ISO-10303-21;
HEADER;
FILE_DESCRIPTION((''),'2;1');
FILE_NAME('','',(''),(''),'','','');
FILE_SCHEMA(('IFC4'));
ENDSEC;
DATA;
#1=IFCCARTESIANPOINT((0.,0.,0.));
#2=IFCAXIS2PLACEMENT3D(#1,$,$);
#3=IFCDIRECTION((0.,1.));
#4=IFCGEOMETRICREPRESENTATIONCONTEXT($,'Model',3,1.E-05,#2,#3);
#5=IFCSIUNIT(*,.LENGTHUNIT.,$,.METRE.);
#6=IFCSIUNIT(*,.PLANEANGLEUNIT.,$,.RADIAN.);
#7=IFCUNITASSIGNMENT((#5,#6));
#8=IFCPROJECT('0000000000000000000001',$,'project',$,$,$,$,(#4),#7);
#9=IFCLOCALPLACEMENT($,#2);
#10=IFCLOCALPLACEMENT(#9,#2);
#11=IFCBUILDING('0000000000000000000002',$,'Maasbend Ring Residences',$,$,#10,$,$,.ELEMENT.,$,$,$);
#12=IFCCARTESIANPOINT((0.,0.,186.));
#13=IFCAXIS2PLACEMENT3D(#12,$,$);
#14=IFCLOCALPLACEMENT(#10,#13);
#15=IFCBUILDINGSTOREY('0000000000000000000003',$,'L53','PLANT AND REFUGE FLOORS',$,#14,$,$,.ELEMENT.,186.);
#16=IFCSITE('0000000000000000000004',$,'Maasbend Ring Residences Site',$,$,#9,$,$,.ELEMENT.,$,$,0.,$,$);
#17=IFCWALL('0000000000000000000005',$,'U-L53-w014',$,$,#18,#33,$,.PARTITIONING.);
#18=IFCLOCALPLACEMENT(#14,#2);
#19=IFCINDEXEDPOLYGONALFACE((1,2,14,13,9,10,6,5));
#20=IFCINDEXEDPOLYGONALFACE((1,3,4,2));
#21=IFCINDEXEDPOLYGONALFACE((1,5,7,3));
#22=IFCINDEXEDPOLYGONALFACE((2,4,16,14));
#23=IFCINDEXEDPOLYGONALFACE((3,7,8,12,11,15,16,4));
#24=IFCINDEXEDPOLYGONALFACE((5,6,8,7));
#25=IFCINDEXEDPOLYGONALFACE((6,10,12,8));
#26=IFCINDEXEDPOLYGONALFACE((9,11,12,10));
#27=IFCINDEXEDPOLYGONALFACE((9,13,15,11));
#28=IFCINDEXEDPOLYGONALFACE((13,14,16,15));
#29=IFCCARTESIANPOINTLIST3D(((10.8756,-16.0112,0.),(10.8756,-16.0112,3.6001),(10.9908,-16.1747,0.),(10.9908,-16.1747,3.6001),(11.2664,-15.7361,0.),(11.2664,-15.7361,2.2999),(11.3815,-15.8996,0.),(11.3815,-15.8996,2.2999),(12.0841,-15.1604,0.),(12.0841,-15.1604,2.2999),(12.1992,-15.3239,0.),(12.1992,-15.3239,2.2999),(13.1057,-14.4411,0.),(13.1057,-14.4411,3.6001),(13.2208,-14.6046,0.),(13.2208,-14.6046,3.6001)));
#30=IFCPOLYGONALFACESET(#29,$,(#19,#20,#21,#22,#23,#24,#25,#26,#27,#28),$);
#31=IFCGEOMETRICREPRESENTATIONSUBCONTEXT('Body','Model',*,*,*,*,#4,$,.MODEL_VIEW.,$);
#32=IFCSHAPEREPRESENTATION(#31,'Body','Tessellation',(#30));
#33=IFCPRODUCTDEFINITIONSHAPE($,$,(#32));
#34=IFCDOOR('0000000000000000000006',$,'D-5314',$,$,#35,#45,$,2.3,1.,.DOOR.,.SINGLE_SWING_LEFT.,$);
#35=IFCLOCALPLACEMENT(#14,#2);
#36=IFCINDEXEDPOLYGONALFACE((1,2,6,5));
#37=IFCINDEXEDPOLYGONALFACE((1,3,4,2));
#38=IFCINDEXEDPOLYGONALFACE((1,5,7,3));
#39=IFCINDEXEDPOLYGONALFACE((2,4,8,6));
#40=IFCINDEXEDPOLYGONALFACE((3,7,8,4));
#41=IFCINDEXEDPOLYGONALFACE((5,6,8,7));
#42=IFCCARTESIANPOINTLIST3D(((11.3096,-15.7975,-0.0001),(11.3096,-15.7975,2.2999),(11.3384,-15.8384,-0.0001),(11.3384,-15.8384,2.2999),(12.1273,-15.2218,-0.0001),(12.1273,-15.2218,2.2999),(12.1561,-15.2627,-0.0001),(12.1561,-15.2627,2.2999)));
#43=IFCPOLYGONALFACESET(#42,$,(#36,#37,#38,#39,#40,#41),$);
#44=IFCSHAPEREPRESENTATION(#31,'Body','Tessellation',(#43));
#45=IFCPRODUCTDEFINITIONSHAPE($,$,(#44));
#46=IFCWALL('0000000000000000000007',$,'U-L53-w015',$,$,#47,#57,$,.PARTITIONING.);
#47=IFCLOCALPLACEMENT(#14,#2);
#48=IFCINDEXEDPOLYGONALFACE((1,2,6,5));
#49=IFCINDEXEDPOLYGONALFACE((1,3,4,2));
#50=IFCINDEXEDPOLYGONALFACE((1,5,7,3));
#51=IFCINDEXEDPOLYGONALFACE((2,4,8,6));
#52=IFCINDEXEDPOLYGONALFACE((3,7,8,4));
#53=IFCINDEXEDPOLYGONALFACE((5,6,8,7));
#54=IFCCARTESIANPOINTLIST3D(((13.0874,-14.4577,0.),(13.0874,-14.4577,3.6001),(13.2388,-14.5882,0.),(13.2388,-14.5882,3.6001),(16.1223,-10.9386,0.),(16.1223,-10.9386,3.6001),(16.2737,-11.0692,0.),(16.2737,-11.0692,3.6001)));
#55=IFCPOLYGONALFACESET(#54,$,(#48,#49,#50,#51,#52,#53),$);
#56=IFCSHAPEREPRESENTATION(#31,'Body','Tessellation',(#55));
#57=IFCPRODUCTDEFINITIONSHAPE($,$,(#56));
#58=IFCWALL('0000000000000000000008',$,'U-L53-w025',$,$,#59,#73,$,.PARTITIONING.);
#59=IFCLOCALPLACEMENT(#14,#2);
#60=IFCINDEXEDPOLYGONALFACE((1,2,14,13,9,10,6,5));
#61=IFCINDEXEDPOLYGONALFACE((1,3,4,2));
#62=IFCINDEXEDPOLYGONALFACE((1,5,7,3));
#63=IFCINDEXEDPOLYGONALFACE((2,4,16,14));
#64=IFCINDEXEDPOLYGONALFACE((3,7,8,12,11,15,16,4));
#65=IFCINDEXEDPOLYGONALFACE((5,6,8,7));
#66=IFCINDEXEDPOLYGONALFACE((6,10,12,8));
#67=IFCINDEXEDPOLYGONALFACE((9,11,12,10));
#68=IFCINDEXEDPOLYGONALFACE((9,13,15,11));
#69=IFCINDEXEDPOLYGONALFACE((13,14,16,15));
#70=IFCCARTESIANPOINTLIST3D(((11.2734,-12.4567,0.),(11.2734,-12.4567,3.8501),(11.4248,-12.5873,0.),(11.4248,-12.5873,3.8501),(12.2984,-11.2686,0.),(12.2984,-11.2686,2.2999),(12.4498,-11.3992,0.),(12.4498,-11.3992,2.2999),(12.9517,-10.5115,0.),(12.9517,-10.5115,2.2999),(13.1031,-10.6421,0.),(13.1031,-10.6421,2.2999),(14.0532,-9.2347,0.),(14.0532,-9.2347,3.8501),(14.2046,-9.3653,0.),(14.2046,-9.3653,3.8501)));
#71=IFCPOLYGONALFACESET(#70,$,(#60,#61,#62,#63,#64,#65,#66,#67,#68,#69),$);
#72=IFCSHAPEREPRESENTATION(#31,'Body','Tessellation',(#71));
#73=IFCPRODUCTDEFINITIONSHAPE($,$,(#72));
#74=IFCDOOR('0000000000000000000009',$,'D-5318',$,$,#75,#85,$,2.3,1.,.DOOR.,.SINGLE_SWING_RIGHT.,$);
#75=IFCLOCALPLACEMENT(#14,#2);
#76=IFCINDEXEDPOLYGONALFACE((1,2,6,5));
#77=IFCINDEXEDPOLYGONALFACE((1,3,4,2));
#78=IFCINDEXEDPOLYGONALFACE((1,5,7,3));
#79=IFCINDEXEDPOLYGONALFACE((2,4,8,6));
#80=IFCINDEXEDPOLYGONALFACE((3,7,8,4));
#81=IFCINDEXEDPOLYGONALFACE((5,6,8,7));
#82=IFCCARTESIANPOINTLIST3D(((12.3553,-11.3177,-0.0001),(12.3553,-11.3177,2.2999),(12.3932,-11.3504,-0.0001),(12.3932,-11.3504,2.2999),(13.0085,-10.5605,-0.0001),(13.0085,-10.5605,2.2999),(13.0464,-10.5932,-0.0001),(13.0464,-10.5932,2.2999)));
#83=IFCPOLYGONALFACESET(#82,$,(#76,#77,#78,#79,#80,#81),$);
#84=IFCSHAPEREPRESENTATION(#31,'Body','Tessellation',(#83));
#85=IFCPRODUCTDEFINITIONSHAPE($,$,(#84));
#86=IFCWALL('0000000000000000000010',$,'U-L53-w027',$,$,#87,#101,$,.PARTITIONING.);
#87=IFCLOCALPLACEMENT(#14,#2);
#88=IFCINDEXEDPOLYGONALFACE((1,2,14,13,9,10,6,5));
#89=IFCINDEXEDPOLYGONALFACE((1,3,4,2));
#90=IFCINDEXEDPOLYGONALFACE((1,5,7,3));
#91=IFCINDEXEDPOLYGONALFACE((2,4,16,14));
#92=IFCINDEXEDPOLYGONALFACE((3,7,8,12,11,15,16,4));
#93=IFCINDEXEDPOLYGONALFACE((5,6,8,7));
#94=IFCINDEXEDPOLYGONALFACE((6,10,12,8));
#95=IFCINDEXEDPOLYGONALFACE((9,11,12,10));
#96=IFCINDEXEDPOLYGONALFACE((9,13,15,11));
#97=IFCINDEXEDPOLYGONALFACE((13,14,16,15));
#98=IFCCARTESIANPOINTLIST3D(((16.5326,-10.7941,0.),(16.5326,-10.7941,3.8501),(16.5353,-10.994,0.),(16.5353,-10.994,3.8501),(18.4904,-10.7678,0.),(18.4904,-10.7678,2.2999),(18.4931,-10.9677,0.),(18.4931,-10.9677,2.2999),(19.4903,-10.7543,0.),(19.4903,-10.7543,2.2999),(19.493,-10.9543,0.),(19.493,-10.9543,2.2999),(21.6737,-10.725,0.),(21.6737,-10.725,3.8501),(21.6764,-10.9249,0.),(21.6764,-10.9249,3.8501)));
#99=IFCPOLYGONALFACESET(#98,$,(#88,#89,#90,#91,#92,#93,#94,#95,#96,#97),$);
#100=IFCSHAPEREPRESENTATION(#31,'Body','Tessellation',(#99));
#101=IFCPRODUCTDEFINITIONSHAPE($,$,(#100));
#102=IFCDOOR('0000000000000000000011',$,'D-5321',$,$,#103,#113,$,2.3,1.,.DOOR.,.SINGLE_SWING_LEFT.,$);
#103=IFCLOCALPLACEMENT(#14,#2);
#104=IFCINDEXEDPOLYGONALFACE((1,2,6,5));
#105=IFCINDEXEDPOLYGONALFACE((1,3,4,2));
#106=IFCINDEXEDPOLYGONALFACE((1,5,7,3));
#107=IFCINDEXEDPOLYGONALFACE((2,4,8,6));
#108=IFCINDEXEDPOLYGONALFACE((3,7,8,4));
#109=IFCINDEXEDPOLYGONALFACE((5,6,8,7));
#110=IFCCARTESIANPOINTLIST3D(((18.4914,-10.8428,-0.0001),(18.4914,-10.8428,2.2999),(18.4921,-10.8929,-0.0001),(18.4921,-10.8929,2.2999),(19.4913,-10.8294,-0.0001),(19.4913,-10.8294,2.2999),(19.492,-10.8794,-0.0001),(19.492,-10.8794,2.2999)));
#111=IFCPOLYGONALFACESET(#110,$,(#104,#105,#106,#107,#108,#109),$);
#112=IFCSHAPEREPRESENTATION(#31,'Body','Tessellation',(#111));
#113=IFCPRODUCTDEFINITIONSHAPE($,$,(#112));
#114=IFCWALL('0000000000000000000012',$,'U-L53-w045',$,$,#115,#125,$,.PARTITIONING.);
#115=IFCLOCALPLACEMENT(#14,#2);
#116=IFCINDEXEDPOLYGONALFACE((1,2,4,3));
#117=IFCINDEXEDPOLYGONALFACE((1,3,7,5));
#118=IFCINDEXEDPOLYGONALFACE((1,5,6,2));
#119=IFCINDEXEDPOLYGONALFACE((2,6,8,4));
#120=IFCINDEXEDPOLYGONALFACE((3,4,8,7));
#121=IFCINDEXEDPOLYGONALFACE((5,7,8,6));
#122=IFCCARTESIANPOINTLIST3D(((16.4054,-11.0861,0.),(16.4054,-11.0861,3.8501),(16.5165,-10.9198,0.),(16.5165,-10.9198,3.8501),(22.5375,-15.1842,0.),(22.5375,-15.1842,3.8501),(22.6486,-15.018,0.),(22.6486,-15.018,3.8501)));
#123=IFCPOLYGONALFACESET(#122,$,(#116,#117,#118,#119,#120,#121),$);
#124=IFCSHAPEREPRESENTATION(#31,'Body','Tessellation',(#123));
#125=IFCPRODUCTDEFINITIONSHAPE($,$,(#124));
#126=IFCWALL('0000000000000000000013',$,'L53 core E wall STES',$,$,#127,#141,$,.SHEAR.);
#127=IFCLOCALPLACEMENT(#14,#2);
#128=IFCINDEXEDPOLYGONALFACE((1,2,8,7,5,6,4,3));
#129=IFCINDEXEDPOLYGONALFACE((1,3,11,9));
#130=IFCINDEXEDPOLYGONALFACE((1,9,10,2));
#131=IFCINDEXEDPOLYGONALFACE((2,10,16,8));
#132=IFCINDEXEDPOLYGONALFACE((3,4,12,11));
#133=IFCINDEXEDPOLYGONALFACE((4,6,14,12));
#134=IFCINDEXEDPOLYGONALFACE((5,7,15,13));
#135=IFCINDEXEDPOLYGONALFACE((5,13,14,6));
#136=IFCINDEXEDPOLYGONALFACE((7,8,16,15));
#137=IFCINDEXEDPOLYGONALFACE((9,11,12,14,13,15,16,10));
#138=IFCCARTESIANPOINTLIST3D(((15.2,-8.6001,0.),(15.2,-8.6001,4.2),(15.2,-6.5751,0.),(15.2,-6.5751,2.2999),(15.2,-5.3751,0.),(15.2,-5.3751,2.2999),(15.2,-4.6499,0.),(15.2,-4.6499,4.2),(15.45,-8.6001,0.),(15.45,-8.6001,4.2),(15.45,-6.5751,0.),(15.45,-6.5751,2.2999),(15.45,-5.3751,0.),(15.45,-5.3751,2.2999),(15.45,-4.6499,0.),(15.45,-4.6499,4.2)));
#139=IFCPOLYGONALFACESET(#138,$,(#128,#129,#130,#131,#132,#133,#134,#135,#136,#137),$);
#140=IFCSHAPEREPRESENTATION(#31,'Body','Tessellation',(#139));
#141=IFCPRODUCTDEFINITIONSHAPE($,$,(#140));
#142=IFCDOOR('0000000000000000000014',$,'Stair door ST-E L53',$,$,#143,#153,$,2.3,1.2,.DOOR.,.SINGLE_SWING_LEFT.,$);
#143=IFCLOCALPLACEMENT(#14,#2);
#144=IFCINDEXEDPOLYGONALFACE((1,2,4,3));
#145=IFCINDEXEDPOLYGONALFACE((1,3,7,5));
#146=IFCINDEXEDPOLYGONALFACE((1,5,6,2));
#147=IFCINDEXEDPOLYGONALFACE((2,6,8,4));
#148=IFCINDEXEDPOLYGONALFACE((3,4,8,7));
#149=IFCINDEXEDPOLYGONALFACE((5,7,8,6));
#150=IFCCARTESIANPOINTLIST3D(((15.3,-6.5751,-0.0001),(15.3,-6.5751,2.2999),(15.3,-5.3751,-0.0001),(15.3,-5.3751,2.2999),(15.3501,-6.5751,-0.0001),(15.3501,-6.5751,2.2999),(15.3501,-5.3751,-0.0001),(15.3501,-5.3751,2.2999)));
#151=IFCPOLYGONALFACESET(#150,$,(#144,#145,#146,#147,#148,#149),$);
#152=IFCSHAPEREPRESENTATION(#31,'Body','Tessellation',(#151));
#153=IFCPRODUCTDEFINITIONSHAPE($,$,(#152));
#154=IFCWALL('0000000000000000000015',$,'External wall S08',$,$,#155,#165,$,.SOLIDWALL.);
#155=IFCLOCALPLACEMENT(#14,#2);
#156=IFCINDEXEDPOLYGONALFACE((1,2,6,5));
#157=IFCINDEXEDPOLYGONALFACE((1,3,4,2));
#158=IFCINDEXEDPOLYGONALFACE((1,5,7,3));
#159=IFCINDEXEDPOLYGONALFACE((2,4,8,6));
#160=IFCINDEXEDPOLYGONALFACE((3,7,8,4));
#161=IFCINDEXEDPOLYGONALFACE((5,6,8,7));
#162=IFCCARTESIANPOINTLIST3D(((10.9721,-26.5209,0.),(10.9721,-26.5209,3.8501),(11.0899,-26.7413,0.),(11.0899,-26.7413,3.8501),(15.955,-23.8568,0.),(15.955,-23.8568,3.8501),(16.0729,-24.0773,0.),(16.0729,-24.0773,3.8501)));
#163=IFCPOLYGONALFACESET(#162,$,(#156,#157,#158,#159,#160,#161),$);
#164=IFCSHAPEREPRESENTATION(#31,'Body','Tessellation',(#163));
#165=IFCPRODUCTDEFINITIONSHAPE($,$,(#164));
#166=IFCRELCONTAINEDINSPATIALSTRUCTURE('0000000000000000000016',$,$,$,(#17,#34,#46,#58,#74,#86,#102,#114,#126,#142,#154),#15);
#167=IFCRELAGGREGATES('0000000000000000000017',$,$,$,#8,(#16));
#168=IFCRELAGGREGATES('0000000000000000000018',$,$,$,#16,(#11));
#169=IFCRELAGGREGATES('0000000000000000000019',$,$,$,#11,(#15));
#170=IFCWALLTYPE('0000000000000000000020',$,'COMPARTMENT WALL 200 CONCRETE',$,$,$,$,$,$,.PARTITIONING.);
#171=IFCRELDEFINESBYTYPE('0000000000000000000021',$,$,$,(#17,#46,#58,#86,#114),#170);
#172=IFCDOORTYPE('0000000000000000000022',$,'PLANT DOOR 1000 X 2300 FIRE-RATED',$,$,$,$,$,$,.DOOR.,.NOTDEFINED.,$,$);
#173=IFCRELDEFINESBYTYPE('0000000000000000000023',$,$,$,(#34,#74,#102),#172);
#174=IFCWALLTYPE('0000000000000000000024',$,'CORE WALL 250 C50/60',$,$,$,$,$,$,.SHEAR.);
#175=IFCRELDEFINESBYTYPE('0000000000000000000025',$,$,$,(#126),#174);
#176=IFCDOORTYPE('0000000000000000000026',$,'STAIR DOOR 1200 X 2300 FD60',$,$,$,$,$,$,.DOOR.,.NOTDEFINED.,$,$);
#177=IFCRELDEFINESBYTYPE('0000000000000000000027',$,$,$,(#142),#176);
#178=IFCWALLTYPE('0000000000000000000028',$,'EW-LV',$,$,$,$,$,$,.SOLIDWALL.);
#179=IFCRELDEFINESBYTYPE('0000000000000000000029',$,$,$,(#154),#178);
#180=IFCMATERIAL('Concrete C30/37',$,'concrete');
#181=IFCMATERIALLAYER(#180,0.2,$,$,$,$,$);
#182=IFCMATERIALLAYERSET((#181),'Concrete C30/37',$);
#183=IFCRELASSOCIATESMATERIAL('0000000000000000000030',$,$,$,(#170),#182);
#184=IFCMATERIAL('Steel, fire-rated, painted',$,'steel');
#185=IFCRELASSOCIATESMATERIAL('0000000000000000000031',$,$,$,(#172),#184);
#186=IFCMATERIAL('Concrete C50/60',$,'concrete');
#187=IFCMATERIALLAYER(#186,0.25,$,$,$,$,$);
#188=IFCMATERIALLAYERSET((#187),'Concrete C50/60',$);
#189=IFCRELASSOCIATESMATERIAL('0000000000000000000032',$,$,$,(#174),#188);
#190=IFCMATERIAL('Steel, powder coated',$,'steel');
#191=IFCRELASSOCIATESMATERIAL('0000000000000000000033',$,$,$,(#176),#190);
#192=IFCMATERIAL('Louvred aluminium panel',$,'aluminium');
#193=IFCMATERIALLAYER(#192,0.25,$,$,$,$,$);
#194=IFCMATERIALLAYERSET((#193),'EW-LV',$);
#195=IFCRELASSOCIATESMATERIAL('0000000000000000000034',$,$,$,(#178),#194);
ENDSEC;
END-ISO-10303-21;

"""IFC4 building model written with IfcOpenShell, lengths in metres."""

from ifc_helpers import new_model, si_unit, direction, frame, frame_2d, origin, place, context, subcontext, project, spatial, rectangle, extrude, material, layer, layer_set, type_object, element, fill, save


model = new_model("IFC4")

# Units and contexts
model_context = context("Model", 3, precision=1e-05, world=origin(), true_north=direction((0.0, 1.0)))
body_context = subcontext(model_context, "Body", "Model", "MODEL_VIEW")
ifc_project = project(units=[si_unit("LENGTHUNIT", "METRE"), si_unit("PLANEANGLEUNIT", "RADIAN")], contexts=[model_context])

# Site, building, storey
site_placement = place(None, origin())
site = spatial("IfcSite", under=ifc_project, at=site_placement, Name="Maasbend Ring Residences Site", CompositionType="ELEMENT", RefElevation=0.0)
building_placement = place(site_placement, origin())
building = spatial("IfcBuilding", under=site, at=building_placement, Name="Maasbend Ring Residences", CompositionType="ELEMENT")
storey_placement = place(building_placement, frame((0.0, 0.0, 186.0)))
storey = spatial("IfcBuildingStorey", under=building, at=storey_placement, Name="L53", Description="PLANT AND REFUGE FLOORS", CompositionType="ELEMENT", Elevation=186.0)

# Shared definitions
ifc_material_1 = material(Name="Concrete C30/37", Category="concrete")
ifc_layer_1 = layer(ifc_material_1, 0.2)
ifc_layer_set_1 = layer_set([ifc_layer_1], Name="Concrete C30/37")
wall_type_1 = type_object("IfcWallType", Name="COMPARTMENT WALL 200 CONCRETE", PredefinedType="PARTITIONING", material=ifc_layer_set_1)

# Wall, opening, door
wall_1_placement = place(storey_placement, frame((10.9331, -16.093, 0.0), z_axis=(0.0, 0.0, 1.0), x_axis=(0.817664, 0.575695, 0.0)))
wall_1 = element("IfcWall", 1, at=wall_1_placement, inside=storey, type_object=wall_type_1, Name="U-L53-w014", PredefinedType="PARTITIONING", context=body_context, shape_type="SweptSolid", body=[
    extrude(rectangle(XDim=2.7273, YDim=0.2, at=frame_2d((1.3638, 0.0))), origin(), (0.0, 0.0, 1.0), 3.6001),
])
opening_1_placement = place(wall_1_placement, frame((0.478, 0.0, 0.0)))
opening_1 = element("IfcOpeningElement", 2, at=opening_1_placement, cuts=wall_1, PredefinedType="OPENING", context=body_context, shape_type="SweptSolid", body=[
    extrude(rectangle(XDim=1.0, YDim=2.3, at=frame_2d((0.5, 1.1499))), frame((0.0, 0.1099, 0.0), z_axis=(0.0, -1.0, 0.0), x_axis=(1.0, 0.0, 0.0)), (0.0, 0.0, 1.0), 0.22),
])
ifc_material_2 = material(Name="Steel, fire-rated, painted", Category="steel")
door_type_1 = type_object("IfcDoorType", Name="PLANT DOOR 1000 X 2300 FIRE-RATED", OperationType="NOTDEFINED", PredefinedType="DOOR", material=ifc_material_2)
door_1_placement = place(opening_1_placement, origin())
door_1 = element("IfcDoor", 3, at=door_1_placement, inside=storey, type_object=door_type_1, Name="D-5314", OperationType="SINGLE_SWING_LEFT", OverallHeight=2.3, OverallWidth=1.0, PredefinedType="DOOR", context=body_context, shape_type="SweptSolid", body=[
    extrude(rectangle(XDim=1.0, YDim=2.3, at=frame_2d((0.5, 1.1499))), frame((0.0, 0.0249, 0.0), z_axis=(0.0, -1.0, 0.0), x_axis=(1.0, 0.0, 0.0)), (0.0, 0.0, 1.0), 0.05),
])
fill(opening_1, door_1)

# Wall
wall_2_placement = place(storey_placement, frame((13.1631, -14.5229, 0.0), z_axis=(0.0, 0.0, 1.0), x_axis=(0.653094, 0.757276, 0.0)))
element("IfcWall", 4, at=wall_2_placement, inside=storey, type_object=wall_type_1, Name="U-L53-w015", PredefinedType="PARTITIONING", context=body_context, shape_type="SweptSolid", body=[
    extrude(rectangle(XDim=4.647, YDim=0.2, at=frame_2d((2.3235, 0.0))), origin(), (0.0, 0.0, 1.0), 3.6001),
])

# Walls, openings, doors
wall_3_placement = place(storey_placement, frame((11.3491, -12.522, 0.0), z_axis=(0.0, 0.0, 1.0), x_axis=(0.653245, 0.757147, 0.0)))
wall_3 = element("IfcWall", 5, at=wall_3_placement, inside=storey, type_object=wall_type_1, Name="U-L53-w025", PredefinedType="PARTITIONING", context=body_context, shape_type="SweptSolid", body=[
    extrude(rectangle(XDim=4.2554, YDim=0.2, at=frame_2d((2.1277, 0.0))), origin(), (0.0, 0.0, 1.0), 3.8501),
])
opening_2_placement = place(wall_3_placement, frame((1.5691, 0.0, 0.0)))
opening_2 = element("IfcOpeningElement", 6, at=opening_2_placement, cuts=wall_3, PredefinedType="OPENING", context=body_context, shape_type="SweptSolid", body=[
    extrude(rectangle(XDim=1.0, YDim=2.3, at=frame_2d((0.5, 1.1499))), frame((0.0, 0.1099, 0.0), z_axis=(0.0, -1.0, 0.0), x_axis=(1.0, 0.0, 0.0)), (0.0, 0.0, 1.0), 0.22),
])
door_2_placement = place(opening_2_placement, origin())
door_2 = element("IfcDoor", 7, at=door_2_placement, inside=storey, type_object=door_type_1, Name="D-5318", OperationType="SINGLE_SWING_RIGHT", OverallHeight=2.3, OverallWidth=1.0, PredefinedType="DOOR", context=body_context, shape_type="SweptSolid", body=[
    extrude(rectangle(XDim=1.0, YDim=2.3, at=frame_2d((0.5, 1.1499))), frame((0.0, 0.0249, 0.0), z_axis=(0.0, -1.0, 0.0), x_axis=(1.0, 0.0, 0.0)), (0.0, 0.0, 1.0), 0.05),
])
fill(opening_2, door_2)
wall_4_placement = place(storey_placement, frame((16.5339, -10.894, 0.0), z_axis=(0.0, 0.0, 1.0), x_axis=(0.99991, 0.013438, 0.0)))
wall_4 = element("IfcWall", 8, at=wall_4_placement, inside=storey, type_object=wall_type_1, Name="U-L53-w027", PredefinedType="PARTITIONING", context=body_context, shape_type="SweptSolid", body=[
    extrude(rectangle(XDim=5.1416, YDim=0.2, at=frame_2d((2.5708, 0.0))), origin(), (0.0, 0.0, 1.0), 3.8501),
])
opening_3_placement = place(wall_4_placement, frame((1.958, 0.0, 0.0)))
opening_3 = element("IfcOpeningElement", 9, at=opening_3_placement, cuts=wall_4, PredefinedType="OPENING", context=body_context, shape_type="SweptSolid", body=[
    extrude(rectangle(XDim=1.0, YDim=2.3, at=frame_2d((0.5, 1.1499))), frame((0.0, 0.1099, 0.0), z_axis=(0.0, -1.0, 0.0), x_axis=(1.0, 0.0, 0.0)), (0.0, 0.0, 1.0), 0.22),
])
door_3_placement = place(opening_3_placement, origin())
door_3 = element("IfcDoor", 10, at=door_3_placement, inside=storey, type_object=door_type_1, Name="D-5321", OperationType="SINGLE_SWING_LEFT", OverallHeight=2.3, OverallWidth=1.0, PredefinedType="DOOR", context=body_context, shape_type="SweptSolid", body=[
    extrude(rectangle(XDim=1.0, YDim=2.3, at=frame_2d((0.5, 1.1499))), frame((0.0, 0.0249, 0.0), z_axis=(0.0, -1.0, 0.0), x_axis=(1.0, 0.0, 0.0)), (0.0, 0.0, 1.0), 0.05),
])
fill(opening_3, door_3)

# Wall
wall_5_placement = place(storey_placement, frame((16.4609, -11.0029, 0.0), z_axis=(0.0, 0.0, 1.0), x_axis=(0.831418, -0.555647, 0.0)))
element("IfcWall", 11, at=wall_5_placement, inside=storey, type_object=wall_type_1, Name="U-L53-w045", PredefinedType="PARTITIONING", context=body_context, shape_type="SweptSolid", body=[
    extrude(rectangle(XDim=7.3755, YDim=0.2, at=frame_2d((3.6877, 0.0))), origin(), (0.0, 0.0, 1.0), 3.8501),
])

# Wall, opening, door
ifc_material_3 = material(Name="Concrete C50/60", Category="concrete")
ifc_layer_2 = layer(ifc_material_3, 0.25)
ifc_layer_set_2 = layer_set([ifc_layer_2], Name="Concrete C50/60")
wall_type_2 = type_object("IfcWallType", Name="CORE WALL 250 C50/60", PredefinedType="SHEAR", material=ifc_layer_set_2)
wall_6_placement = place(storey_placement, frame((15.325, -8.6001, 0.0), z_axis=(0.0, 0.0, 1.0), x_axis=(0.0, 1.0, 0.0)))
wall_6 = element("IfcWall", 12, at=wall_6_placement, inside=storey, type_object=wall_type_2, Name="L53 core E wall STES", PredefinedType="SHEAR", context=body_context, shape_type="SweptSolid", body=[
    extrude(rectangle(XDim=3.9502, YDim=0.25, at=frame_2d((1.9751, 0.0))), origin(), (0.0, 0.0, 1.0), 4.2),
])
opening_4_placement = place(wall_6_placement, frame((2.0249, 0.0, 0.0)))
opening_4 = element("IfcOpeningElement", 13, at=opening_4_placement, cuts=wall_6, PredefinedType="OPENING", context=body_context, shape_type="SweptSolid", body=[
    extrude(rectangle(XDim=1.2, YDim=2.3, at=frame_2d((0.6001, 1.1499))), frame((0.0, 0.135, 0.0), z_axis=(0.0, -1.0, 0.0), x_axis=(1.0, 0.0, 0.0)), (0.0, 0.0, 1.0), 0.27),
])
ifc_material_4 = material(Name="Steel, powder coated", Category="steel")
door_type_2 = type_object("IfcDoorType", Name="STAIR DOOR 1200 X 2300 FD60", OperationType="NOTDEFINED", PredefinedType="DOOR", material=ifc_material_4)
door_4_placement = place(opening_4_placement, origin())
door_4 = element("IfcDoor", 14, at=door_4_placement, inside=storey, type_object=door_type_2, Name="Stair door ST-E L53", OperationType="SINGLE_SWING_LEFT", OverallHeight=2.3, OverallWidth=1.2, PredefinedType="DOOR", context=body_context, shape_type="SweptSolid", body=[
    extrude(rectangle(XDim=1.2, YDim=2.3, at=frame_2d((0.6001, 1.1499))), frame((0.0, 0.0249, 0.0), z_axis=(0.0, -1.0, 0.0), x_axis=(1.0, 0.0, 0.0)), (0.0, 0.0, 1.0), 0.05),
])
fill(opening_4, door_4)

# Wall
ifc_material_5 = material(Name="Louvred aluminium panel", Category="aluminium")
ifc_layer_3 = layer(ifc_material_5, 0.25)
ifc_layer_set_3 = layer_set([ifc_layer_3], Name="EW-LV")
wall_type_3 = type_object("IfcWallType", Name="EW-LV", PredefinedType="SOLIDWALL", material=ifc_layer_set_3)
wall_7_placement = place(storey_placement, frame((11.031, -26.6311, 0.0), z_axis=(0.0, 0.0, 1.0), x_axis=(0.881874, 0.471485, 0.0)))
element("IfcWall", 15, at=wall_7_placement, inside=storey, type_object=wall_type_3, Name="External wall S08", PredefinedType="SOLIDWALL", context=body_context, shape_type="SweptSolid", body=[
    extrude(rectangle(XDim=5.6504, YDim=0.25, at=frame_2d((2.8252, 0.0))), origin(), (0.0, 0.0, 1.0), 3.8501),
])

save(model, "model.ifc")
